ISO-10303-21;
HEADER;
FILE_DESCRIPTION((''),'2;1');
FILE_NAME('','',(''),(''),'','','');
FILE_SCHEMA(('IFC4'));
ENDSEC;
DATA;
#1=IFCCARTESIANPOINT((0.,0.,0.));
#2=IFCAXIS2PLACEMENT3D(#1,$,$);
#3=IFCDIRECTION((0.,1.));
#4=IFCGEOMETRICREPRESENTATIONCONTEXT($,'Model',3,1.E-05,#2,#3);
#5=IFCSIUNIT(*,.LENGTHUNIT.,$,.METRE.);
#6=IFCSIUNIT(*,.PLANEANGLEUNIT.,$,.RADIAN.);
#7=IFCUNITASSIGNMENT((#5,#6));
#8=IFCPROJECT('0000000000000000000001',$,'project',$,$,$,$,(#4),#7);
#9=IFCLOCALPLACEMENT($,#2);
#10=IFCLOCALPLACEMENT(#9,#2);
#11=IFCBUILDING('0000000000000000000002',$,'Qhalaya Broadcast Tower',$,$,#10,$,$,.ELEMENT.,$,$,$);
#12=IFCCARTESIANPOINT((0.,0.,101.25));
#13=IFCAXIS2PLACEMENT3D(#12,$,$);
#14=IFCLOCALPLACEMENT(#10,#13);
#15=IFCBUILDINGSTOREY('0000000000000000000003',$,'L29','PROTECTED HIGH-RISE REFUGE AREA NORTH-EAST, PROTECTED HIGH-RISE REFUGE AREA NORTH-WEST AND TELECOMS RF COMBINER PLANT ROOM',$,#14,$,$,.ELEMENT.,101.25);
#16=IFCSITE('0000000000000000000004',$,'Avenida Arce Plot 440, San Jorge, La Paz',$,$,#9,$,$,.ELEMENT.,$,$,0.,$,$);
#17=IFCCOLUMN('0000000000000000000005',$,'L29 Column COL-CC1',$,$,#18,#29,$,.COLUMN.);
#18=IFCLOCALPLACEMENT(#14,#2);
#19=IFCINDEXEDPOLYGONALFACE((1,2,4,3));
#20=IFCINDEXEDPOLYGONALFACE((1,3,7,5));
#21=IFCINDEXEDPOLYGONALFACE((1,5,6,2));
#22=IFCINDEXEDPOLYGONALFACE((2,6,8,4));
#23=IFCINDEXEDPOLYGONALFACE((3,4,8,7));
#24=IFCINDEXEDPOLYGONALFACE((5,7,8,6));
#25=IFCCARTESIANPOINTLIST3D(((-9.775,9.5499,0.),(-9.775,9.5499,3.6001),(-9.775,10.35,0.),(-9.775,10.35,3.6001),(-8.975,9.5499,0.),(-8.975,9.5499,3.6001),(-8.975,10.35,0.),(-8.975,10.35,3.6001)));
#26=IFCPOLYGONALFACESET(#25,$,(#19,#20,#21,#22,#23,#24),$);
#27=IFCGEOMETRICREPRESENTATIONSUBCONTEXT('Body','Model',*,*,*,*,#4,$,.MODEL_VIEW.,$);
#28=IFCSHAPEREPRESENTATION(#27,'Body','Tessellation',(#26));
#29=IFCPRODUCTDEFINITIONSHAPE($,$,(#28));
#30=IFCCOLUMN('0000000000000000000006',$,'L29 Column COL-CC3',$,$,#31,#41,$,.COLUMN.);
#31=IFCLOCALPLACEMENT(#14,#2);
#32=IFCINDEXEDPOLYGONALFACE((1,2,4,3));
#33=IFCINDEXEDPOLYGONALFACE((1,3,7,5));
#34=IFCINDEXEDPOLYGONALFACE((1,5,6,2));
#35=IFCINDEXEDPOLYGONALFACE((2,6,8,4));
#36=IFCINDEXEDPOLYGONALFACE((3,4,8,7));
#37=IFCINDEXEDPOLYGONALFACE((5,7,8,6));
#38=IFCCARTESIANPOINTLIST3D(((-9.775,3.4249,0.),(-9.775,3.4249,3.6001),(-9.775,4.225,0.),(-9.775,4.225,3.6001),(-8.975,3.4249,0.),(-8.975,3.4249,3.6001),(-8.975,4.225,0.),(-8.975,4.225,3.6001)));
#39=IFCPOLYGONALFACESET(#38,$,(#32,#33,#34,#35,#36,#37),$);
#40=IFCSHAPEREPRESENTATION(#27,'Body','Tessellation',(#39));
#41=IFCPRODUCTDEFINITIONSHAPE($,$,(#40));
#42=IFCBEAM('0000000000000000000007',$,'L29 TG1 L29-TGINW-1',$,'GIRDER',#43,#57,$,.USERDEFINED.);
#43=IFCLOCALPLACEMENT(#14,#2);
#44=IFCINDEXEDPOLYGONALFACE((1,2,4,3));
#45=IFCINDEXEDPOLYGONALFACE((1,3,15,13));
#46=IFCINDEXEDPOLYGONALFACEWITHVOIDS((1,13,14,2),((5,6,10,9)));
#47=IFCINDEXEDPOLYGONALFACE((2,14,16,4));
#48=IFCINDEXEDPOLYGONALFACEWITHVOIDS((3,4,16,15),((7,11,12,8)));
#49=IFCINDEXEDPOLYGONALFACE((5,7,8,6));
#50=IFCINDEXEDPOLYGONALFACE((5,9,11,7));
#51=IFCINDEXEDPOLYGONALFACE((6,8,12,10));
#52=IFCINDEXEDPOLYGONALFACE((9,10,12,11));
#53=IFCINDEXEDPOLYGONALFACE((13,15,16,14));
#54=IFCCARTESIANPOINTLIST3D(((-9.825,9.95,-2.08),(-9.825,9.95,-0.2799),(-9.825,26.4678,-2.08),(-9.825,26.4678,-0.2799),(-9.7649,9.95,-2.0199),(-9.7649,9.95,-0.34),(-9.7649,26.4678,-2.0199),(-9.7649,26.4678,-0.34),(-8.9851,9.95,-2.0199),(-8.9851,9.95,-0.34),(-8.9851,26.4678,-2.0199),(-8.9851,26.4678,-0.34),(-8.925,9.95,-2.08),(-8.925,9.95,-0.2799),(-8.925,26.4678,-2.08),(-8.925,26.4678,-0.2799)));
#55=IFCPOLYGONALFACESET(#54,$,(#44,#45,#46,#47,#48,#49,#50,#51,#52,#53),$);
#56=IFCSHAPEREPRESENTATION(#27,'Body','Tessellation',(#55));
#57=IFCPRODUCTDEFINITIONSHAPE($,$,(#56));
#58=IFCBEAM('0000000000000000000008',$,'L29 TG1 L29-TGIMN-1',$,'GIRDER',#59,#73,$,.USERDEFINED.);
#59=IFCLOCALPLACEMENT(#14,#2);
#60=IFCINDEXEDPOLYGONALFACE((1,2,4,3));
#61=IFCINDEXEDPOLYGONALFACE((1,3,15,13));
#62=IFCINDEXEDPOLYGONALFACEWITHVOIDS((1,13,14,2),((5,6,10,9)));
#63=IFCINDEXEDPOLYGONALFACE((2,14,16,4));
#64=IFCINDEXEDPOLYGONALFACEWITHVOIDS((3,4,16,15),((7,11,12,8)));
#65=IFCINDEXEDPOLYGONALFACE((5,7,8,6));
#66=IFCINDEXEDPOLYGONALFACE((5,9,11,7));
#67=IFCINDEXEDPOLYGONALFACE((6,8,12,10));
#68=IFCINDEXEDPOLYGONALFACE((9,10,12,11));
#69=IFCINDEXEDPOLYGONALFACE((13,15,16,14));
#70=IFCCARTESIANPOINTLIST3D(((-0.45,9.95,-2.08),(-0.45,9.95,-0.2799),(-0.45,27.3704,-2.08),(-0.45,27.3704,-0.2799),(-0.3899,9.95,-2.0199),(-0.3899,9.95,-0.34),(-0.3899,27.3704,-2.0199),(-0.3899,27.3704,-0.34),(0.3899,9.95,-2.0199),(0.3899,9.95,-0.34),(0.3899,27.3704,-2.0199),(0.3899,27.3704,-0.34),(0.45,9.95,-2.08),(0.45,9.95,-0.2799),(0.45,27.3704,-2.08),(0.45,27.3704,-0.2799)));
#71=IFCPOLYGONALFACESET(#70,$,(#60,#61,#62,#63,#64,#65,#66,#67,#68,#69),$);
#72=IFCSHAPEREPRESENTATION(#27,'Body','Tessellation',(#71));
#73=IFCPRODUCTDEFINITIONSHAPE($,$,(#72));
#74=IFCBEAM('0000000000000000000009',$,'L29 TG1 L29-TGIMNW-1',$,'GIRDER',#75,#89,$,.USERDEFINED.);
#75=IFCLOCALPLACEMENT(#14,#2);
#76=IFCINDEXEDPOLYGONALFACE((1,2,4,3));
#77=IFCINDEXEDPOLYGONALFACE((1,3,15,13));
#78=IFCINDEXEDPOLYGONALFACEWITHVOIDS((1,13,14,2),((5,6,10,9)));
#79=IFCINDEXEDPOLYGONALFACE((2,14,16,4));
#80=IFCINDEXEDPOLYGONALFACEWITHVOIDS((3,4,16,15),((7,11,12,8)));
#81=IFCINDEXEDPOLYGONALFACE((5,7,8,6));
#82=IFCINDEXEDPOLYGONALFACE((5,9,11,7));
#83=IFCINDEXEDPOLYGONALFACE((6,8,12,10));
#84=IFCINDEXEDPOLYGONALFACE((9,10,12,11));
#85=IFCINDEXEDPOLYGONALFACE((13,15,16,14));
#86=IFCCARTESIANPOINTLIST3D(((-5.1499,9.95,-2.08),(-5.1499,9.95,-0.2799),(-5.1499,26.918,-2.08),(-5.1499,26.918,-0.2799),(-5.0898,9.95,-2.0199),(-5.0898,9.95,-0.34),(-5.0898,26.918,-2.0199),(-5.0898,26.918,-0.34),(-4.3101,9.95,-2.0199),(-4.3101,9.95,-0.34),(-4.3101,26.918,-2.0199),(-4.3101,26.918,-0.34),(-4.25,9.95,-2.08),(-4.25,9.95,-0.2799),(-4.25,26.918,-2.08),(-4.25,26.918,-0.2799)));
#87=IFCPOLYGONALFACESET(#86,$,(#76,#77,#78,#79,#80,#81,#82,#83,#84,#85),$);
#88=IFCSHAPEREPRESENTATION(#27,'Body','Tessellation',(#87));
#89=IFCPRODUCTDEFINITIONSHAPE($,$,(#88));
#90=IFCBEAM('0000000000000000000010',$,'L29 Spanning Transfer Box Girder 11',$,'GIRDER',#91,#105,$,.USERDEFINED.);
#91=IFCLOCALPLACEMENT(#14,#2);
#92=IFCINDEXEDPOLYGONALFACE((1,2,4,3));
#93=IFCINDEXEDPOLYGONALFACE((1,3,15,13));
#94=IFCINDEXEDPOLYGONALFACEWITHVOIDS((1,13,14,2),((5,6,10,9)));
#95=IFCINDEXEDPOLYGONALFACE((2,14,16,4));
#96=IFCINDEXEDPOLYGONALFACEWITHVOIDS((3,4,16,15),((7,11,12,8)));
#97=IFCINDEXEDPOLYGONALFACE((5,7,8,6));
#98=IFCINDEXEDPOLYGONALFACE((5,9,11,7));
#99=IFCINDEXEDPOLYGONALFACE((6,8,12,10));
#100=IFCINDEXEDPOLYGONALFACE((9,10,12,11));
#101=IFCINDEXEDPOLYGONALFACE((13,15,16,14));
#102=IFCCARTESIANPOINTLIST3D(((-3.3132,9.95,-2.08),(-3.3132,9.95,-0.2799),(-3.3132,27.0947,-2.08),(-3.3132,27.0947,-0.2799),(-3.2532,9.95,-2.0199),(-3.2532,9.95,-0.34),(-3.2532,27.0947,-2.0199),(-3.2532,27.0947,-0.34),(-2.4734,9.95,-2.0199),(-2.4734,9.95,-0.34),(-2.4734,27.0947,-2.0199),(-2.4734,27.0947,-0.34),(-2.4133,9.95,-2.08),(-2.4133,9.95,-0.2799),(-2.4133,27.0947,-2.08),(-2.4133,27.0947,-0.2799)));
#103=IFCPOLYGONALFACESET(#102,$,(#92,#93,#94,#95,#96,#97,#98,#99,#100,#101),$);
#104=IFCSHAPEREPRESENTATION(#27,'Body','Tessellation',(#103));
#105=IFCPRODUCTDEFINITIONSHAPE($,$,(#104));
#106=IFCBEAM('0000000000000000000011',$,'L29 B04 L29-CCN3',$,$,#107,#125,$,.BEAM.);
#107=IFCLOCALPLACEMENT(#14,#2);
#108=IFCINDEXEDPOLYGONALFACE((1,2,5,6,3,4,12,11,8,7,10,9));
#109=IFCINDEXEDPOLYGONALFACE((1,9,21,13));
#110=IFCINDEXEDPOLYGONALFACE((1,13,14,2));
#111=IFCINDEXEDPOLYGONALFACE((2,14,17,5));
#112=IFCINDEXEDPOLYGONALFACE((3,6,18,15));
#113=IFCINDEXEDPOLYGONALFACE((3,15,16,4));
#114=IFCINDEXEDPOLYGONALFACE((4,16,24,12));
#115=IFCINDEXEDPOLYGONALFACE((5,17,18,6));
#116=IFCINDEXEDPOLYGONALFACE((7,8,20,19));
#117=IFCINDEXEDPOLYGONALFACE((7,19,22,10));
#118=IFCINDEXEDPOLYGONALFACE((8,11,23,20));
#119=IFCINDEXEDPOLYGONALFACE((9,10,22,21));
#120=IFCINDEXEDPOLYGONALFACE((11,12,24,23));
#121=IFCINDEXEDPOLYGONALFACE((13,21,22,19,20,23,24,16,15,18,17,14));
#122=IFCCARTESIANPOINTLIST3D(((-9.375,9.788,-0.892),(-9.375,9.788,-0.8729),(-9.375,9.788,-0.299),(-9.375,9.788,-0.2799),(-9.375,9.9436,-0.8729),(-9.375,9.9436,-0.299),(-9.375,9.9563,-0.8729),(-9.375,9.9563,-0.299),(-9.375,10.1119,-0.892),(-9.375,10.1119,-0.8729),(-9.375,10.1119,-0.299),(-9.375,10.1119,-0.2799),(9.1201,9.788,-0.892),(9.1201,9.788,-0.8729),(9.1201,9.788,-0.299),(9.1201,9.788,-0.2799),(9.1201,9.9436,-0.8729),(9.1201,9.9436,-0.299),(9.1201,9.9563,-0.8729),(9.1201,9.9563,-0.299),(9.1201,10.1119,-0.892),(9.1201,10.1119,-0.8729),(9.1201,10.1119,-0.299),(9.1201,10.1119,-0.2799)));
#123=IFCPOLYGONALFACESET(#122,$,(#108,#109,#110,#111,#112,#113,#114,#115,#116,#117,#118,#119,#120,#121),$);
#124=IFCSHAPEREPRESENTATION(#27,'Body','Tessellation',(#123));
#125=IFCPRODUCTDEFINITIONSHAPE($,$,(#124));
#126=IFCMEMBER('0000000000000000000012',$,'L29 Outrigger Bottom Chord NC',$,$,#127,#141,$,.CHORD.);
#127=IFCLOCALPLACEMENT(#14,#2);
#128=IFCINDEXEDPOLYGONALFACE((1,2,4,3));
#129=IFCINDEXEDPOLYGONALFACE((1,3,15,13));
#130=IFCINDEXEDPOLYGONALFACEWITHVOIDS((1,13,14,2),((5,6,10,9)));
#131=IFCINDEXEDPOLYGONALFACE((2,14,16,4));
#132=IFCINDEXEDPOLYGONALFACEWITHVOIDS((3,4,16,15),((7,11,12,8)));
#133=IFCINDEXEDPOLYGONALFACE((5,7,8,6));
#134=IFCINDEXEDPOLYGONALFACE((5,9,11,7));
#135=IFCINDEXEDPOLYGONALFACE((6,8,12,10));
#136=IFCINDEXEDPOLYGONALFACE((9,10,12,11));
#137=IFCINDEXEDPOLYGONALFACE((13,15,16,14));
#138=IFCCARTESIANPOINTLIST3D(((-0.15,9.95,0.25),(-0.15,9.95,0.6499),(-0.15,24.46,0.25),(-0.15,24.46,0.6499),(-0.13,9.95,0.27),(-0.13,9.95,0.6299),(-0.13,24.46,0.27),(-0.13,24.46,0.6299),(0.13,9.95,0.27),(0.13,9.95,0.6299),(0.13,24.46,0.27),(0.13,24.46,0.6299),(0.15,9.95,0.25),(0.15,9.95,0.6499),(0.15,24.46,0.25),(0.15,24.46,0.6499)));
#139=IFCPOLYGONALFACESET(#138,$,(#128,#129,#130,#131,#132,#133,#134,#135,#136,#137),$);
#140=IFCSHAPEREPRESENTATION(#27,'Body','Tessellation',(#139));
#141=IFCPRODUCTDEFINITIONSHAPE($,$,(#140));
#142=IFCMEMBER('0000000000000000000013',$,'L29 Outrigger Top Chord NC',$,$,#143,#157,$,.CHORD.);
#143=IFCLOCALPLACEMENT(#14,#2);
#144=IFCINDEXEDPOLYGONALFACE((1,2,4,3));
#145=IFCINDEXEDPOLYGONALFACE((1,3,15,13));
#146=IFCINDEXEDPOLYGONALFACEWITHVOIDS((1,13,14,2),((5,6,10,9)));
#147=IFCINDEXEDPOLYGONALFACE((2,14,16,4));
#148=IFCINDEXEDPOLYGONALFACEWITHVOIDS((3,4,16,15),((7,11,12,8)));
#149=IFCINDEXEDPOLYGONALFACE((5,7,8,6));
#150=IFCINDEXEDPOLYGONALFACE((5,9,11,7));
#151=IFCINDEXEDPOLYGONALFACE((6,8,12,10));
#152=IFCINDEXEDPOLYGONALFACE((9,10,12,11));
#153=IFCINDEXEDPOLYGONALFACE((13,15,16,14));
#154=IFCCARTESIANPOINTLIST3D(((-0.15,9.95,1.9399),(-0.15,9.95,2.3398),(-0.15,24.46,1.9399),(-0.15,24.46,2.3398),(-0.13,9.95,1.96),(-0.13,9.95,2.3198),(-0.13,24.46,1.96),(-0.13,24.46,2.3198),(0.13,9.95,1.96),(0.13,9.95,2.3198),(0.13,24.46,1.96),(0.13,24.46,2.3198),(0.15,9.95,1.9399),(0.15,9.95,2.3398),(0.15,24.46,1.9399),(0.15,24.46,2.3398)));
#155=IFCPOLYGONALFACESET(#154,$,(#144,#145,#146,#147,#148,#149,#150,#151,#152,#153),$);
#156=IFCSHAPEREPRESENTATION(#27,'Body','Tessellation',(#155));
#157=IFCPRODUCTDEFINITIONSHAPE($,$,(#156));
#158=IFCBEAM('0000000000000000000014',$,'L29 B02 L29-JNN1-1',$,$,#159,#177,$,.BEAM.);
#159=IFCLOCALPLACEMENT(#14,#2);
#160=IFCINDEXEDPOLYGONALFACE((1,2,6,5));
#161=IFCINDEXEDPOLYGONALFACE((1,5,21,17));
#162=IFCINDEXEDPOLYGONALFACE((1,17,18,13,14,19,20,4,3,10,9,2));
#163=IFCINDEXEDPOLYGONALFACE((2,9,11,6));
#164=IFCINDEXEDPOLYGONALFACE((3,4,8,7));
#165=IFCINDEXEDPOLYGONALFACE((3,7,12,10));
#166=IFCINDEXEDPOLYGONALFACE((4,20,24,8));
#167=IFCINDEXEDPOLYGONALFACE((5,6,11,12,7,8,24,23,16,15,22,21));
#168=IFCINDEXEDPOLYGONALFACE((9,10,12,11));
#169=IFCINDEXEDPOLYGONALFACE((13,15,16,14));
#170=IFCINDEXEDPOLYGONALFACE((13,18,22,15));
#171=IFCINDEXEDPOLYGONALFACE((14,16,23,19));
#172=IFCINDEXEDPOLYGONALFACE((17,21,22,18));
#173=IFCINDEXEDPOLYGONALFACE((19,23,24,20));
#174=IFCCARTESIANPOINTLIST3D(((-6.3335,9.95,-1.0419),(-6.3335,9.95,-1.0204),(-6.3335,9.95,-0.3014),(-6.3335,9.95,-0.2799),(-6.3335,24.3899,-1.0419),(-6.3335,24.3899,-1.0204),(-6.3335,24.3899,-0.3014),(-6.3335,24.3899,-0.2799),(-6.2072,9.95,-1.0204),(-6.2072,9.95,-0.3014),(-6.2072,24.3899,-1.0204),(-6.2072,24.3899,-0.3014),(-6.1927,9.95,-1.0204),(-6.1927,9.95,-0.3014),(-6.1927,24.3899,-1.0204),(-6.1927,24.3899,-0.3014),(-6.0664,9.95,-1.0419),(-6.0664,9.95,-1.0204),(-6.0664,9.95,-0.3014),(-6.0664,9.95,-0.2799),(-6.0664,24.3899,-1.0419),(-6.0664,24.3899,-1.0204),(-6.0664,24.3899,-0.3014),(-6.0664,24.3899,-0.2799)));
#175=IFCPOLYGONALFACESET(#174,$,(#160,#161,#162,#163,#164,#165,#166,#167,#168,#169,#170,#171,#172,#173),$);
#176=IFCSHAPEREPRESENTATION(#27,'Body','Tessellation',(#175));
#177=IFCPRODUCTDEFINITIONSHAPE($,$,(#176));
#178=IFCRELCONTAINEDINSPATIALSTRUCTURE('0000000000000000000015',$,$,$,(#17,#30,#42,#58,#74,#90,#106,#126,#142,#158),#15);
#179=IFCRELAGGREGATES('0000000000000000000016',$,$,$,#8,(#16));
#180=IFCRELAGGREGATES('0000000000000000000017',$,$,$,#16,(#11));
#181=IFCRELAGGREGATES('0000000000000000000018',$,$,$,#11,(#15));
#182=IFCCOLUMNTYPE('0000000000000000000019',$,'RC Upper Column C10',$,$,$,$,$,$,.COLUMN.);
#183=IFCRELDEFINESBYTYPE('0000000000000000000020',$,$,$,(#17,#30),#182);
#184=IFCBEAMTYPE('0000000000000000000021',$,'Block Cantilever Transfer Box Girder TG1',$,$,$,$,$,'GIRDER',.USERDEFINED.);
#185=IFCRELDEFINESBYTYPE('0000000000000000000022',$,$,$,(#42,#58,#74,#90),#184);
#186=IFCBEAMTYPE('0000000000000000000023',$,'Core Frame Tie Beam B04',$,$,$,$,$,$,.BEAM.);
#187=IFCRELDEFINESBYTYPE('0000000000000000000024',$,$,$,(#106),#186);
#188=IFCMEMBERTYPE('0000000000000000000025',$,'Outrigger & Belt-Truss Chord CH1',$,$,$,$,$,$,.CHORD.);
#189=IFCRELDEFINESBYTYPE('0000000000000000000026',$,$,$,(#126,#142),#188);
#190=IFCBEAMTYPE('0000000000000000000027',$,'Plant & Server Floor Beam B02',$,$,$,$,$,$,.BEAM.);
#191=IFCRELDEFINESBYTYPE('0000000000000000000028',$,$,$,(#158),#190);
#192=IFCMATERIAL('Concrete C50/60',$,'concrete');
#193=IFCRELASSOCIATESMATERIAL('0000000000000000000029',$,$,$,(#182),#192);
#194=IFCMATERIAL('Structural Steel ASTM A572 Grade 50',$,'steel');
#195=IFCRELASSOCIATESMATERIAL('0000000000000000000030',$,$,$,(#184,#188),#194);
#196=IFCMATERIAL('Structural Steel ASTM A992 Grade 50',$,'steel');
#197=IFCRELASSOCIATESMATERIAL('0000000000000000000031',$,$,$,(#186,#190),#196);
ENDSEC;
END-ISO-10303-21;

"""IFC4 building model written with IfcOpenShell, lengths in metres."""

from ifc_helpers import new_model, si_unit, direction, frame, origin, origin_2d, place, context, subcontext, project, spatial, rectangle, hollow_rectangle, i_section, extrude, material, material_profile, profile_set, type_object, element, save


model = new_model("IFC4")

# Units and contexts
model_context = context("Model", 3, precision=1e-05, world=origin(), true_north=direction((0.0, 1.0)))
body_context = subcontext(model_context, "Body", "Model", "MODEL_VIEW")
ifc_project = project(units=[si_unit("LENGTHUNIT", "METRE"), si_unit("PLANEANGLEUNIT", "RADIAN")], contexts=[model_context])

# Site, building, storey
site_placement = place(None, origin())
site = spatial("IfcSite", under=ifc_project, at=site_placement, Name="Avenida Arce Plot 440, San Jorge, La Paz", CompositionType="ELEMENT", RefElevation=0.0)
building_placement = place(site_placement, origin())
building = spatial("IfcBuilding", under=site, at=building_placement, Name="Qhalaya Broadcast Tower", CompositionType="ELEMENT")
storey_placement = place(building_placement, frame((0.0, 0.0, 101.25)))
storey = spatial("IfcBuildingStorey", under=building, at=storey_placement, Name="L29", Description="PROTECTED HIGH-RISE REFUGE AREA NORTH-EAST, PROTECTED HIGH-RISE REFUGE AREA NORTH-WEST AND TELECOMS RF COMBINER PLANT ROOM", CompositionType="ELEMENT", Elevation=101.25)

# Columns
ifc_material_1 = material(Name="Concrete C50/60", Category="concrete")
ifc_material_profile_1 = material_profile(ifc_material_1, rectangle(XDim=0.8, YDim=0.8, at=origin_2d()), Name="RC-COL 800x800")
ifc_profile_set_1 = profile_set([ifc_material_profile_1], Name="Concrete C50/60")
column_type = type_object("IfcColumnType", Name="RC Upper Column C10", PredefinedType="COLUMN", material=ifc_profile_set_1)
for number, where, z_axis, x_axis, name in (
    (1, (-9.375, 9.95, 0.0), (0.0, 0.0, 1.0), (1.0, 0.0, 0.0), "L29 Column COL-CC1"),
    (2, (-9.375, 3.825, 0.0), (0.0, 0.0, 1.0), (1.0, 0.0, 0.0), "L29 Column COL-CC3"),
):
    element("IfcColumn", number, at=place(storey_placement, frame(where, z_axis=z_axis, x_axis=x_axis)), inside=storey, type_object=column_type, Name=name, PredefinedType="COLUMN", context=body_context, shape_type="SweptSolid", body=[
        extrude(rectangle(XDim=0.8, YDim=0.8, at=origin_2d()), origin(), (0.0, 0.0, 1.0), 3.6001),
    ])

# Beams
ifc_material_2 = material(Name="Structural Steel ASTM A572 Grade 50", Category="steel")
ifc_material_profile_2 = material_profile(ifc_material_2, hollow_rectangle(XDim=0.8999, YDim=1.8, WallThickness=0.0601, at=origin_2d()), Name="BOX 900x1800x60")
ifc_profile_set_2 = profile_set([ifc_material_profile_2], Name="Structural Steel ASTM A572 Grade 50")
beam_type_1 = type_object("IfcBeamType", Name="Block Cantilever Transfer Box Girder TG1", ElementType="GIRDER", PredefinedType="USERDEFINED", material=ifc_profile_set_2)
beam_1_placement = place(storey_placement, frame((-9.375, 9.95, -1.1799), z_axis=(0.0, 1.0, 0.0), x_axis=(-1.0, 0.0, 0.0)))
element("IfcBeam", 3, at=beam_1_placement, inside=storey, type_object=beam_type_1, Name="L29 TG1 L29-TGINW-1", ObjectType="GIRDER", PredefinedType="USERDEFINED", context=body_context, shape_type="SweptSolid", body=[
    extrude(hollow_rectangle(XDim=0.8999, YDim=1.8, WallThickness=0.0601, at=origin_2d()), origin(), (0.0, 0.0, 1.0), 16.5178),
])
beam_2_placement = place(storey_placement, frame((0.0, 9.95, -1.1799), z_axis=(0.0, 1.0, 0.0), x_axis=(-1.0, 0.0, 0.0)))
element("IfcBeam", 4, at=beam_2_placement, inside=storey, type_object=beam_type_1, Name="L29 TG1 L29-TGIMN-1", ObjectType="GIRDER", PredefinedType="USERDEFINED", context=body_context, shape_type="SweptSolid", body=[
    extrude(hollow_rectangle(XDim=0.8999, YDim=1.8, WallThickness=0.0601, at=origin_2d()), origin(), (0.0, 0.0, 1.0), 17.4204),
])
beam_3_placement = place(storey_placement, frame((-4.7, 9.95, -1.1799), z_axis=(0.0, 1.0, 0.0), x_axis=(-1.0, 0.0, 0.0)))
element("IfcBeam", 5, at=beam_3_placement, inside=storey, type_object=beam_type_1, Name="L29 TG1 L29-TGIMNW-1", ObjectType="GIRDER", PredefinedType="USERDEFINED", context=body_context, shape_type="SweptSolid", body=[
    extrude(hollow_rectangle(XDim=0.8999, YDim=1.8, WallThickness=0.0601, at=origin_2d()), origin(), (0.0, 0.0, 1.0), 16.968),
])
beam_4_placement = place(storey_placement, frame((-2.8633, 9.95, -1.1799), z_axis=(0.0, 1.0, 0.0), x_axis=(-1.0, 0.0, 0.0)))
element("IfcBeam", 6, at=beam_4_placement, inside=storey, type_object=beam_type_1, Name="L29 Spanning Transfer Box Girder 11", ObjectType="GIRDER", PredefinedType="USERDEFINED", context=body_context, shape_type="SweptSolid", body=[
    extrude(hollow_rectangle(XDim=0.8999, YDim=1.8, WallThickness=0.0601, at=origin_2d()), origin(), (0.0, 0.0, 1.0), 17.1448),
])
ifc_material_3 = material(Name="Structural Steel ASTM A992 Grade 50", Category="steel")
ifc_material_profile_3 = material_profile(ifc_material_3, i_section(OverallWidth=0.324, OverallDepth=0.6121, WebThickness=0.0127, FlangeThickness=0.019, at=origin_2d()), Name="W24X104")
ifc_profile_set_3 = profile_set([ifc_material_profile_3], Name="Structural Steel ASTM A992 Grade 50")
beam_type_2 = type_object("IfcBeamType", Name="Core Frame Tie Beam B04", PredefinedType="BEAM", material=ifc_profile_set_3)
beam_5_placement = place(storey_placement, frame((-9.375, 9.95, -0.5859), z_axis=(1.0, 0.0, 0.0), x_axis=(0.0, 1.0, 0.0)))
element("IfcBeam", 7, at=beam_5_placement, inside=storey, type_object=beam_type_2, Name="L29 B04 L29-CCN3", PredefinedType="BEAM", context=body_context, shape_type="SweptSolid", body=[
    extrude(i_section(OverallWidth=0.324, OverallDepth=0.6121, WebThickness=0.0127, FlangeThickness=0.019, at=origin_2d()), origin(), (0.0, 0.0, 1.0), 18.4951),
])

# Members
ifc_material_profile_4 = material_profile(ifc_material_2, hollow_rectangle(XDim=0.3, YDim=0.3999, WallThickness=0.02, at=origin_2d()), Name="HSS 300x400x20")
ifc_profile_set_4 = profile_set([ifc_material_profile_4], Name="Structural Steel ASTM A572 Grade 50")
member_type = type_object("IfcMemberType", Name="Outrigger & Belt-Truss Chord CH1", PredefinedType="CHORD", material=ifc_profile_set_4)
for number, where, z_axis, x_axis, name in (
    (8, (0.0, 9.95, 0.45), (0.0, 1.0, 0.0), (-1.0, 0.0, 0.0), "L29 Outrigger Bottom Chord NC"),
    (9, (0.0, 9.95, 2.1399), (0.0, 1.0, 0.0), (-1.0, 0.0, 0.0), "L29 Outrigger Top Chord NC"),
):
    element("IfcMember", number, at=place(storey_placement, frame(where, z_axis=z_axis, x_axis=x_axis)), inside=storey, type_object=member_type, Name=name, PredefinedType="CHORD", context=body_context, shape_type="SweptSolid", body=[
        extrude(hollow_rectangle(XDim=0.3, YDim=0.3999, WallThickness=0.02, at=origin_2d()), origin(), (0.0, 0.0, 1.0), 14.51),
    ])

# Beam
ifc_material_profile_5 = material_profile(ifc_material_3, i_section(OverallWidth=0.2671, OverallDepth=0.762, WebThickness=0.0144, FlangeThickness=0.0215, at=origin_2d()), Name="W30X116")
ifc_profile_set_5 = profile_set([ifc_material_profile_5], Name="Structural Steel ASTM A992 Grade 50")
beam_type_3 = type_object("IfcBeamType", Name="Plant & Server Floor Beam B02", PredefinedType="BEAM", material=ifc_profile_set_5)
beam_6_placement = place(storey_placement, frame((-6.2, 9.95, -0.6609), z_axis=(0.0, 1.0, 0.0), x_axis=(-1.0, 0.0, 0.0)))
element("IfcBeam", 10, at=beam_6_placement, inside=storey, type_object=beam_type_3, Name="L29 B02 L29-JNN1-1", PredefinedType="BEAM", context=body_context, shape_type="SweptSolid", body=[
    extrude(i_section(OverallWidth=0.2671, OverallDepth=0.762, WebThickness=0.0144, FlangeThickness=0.0215, at=origin_2d()), origin(), (0.0, 0.0, 1.0), 14.4399),
])

save(model, "model.ifc")
